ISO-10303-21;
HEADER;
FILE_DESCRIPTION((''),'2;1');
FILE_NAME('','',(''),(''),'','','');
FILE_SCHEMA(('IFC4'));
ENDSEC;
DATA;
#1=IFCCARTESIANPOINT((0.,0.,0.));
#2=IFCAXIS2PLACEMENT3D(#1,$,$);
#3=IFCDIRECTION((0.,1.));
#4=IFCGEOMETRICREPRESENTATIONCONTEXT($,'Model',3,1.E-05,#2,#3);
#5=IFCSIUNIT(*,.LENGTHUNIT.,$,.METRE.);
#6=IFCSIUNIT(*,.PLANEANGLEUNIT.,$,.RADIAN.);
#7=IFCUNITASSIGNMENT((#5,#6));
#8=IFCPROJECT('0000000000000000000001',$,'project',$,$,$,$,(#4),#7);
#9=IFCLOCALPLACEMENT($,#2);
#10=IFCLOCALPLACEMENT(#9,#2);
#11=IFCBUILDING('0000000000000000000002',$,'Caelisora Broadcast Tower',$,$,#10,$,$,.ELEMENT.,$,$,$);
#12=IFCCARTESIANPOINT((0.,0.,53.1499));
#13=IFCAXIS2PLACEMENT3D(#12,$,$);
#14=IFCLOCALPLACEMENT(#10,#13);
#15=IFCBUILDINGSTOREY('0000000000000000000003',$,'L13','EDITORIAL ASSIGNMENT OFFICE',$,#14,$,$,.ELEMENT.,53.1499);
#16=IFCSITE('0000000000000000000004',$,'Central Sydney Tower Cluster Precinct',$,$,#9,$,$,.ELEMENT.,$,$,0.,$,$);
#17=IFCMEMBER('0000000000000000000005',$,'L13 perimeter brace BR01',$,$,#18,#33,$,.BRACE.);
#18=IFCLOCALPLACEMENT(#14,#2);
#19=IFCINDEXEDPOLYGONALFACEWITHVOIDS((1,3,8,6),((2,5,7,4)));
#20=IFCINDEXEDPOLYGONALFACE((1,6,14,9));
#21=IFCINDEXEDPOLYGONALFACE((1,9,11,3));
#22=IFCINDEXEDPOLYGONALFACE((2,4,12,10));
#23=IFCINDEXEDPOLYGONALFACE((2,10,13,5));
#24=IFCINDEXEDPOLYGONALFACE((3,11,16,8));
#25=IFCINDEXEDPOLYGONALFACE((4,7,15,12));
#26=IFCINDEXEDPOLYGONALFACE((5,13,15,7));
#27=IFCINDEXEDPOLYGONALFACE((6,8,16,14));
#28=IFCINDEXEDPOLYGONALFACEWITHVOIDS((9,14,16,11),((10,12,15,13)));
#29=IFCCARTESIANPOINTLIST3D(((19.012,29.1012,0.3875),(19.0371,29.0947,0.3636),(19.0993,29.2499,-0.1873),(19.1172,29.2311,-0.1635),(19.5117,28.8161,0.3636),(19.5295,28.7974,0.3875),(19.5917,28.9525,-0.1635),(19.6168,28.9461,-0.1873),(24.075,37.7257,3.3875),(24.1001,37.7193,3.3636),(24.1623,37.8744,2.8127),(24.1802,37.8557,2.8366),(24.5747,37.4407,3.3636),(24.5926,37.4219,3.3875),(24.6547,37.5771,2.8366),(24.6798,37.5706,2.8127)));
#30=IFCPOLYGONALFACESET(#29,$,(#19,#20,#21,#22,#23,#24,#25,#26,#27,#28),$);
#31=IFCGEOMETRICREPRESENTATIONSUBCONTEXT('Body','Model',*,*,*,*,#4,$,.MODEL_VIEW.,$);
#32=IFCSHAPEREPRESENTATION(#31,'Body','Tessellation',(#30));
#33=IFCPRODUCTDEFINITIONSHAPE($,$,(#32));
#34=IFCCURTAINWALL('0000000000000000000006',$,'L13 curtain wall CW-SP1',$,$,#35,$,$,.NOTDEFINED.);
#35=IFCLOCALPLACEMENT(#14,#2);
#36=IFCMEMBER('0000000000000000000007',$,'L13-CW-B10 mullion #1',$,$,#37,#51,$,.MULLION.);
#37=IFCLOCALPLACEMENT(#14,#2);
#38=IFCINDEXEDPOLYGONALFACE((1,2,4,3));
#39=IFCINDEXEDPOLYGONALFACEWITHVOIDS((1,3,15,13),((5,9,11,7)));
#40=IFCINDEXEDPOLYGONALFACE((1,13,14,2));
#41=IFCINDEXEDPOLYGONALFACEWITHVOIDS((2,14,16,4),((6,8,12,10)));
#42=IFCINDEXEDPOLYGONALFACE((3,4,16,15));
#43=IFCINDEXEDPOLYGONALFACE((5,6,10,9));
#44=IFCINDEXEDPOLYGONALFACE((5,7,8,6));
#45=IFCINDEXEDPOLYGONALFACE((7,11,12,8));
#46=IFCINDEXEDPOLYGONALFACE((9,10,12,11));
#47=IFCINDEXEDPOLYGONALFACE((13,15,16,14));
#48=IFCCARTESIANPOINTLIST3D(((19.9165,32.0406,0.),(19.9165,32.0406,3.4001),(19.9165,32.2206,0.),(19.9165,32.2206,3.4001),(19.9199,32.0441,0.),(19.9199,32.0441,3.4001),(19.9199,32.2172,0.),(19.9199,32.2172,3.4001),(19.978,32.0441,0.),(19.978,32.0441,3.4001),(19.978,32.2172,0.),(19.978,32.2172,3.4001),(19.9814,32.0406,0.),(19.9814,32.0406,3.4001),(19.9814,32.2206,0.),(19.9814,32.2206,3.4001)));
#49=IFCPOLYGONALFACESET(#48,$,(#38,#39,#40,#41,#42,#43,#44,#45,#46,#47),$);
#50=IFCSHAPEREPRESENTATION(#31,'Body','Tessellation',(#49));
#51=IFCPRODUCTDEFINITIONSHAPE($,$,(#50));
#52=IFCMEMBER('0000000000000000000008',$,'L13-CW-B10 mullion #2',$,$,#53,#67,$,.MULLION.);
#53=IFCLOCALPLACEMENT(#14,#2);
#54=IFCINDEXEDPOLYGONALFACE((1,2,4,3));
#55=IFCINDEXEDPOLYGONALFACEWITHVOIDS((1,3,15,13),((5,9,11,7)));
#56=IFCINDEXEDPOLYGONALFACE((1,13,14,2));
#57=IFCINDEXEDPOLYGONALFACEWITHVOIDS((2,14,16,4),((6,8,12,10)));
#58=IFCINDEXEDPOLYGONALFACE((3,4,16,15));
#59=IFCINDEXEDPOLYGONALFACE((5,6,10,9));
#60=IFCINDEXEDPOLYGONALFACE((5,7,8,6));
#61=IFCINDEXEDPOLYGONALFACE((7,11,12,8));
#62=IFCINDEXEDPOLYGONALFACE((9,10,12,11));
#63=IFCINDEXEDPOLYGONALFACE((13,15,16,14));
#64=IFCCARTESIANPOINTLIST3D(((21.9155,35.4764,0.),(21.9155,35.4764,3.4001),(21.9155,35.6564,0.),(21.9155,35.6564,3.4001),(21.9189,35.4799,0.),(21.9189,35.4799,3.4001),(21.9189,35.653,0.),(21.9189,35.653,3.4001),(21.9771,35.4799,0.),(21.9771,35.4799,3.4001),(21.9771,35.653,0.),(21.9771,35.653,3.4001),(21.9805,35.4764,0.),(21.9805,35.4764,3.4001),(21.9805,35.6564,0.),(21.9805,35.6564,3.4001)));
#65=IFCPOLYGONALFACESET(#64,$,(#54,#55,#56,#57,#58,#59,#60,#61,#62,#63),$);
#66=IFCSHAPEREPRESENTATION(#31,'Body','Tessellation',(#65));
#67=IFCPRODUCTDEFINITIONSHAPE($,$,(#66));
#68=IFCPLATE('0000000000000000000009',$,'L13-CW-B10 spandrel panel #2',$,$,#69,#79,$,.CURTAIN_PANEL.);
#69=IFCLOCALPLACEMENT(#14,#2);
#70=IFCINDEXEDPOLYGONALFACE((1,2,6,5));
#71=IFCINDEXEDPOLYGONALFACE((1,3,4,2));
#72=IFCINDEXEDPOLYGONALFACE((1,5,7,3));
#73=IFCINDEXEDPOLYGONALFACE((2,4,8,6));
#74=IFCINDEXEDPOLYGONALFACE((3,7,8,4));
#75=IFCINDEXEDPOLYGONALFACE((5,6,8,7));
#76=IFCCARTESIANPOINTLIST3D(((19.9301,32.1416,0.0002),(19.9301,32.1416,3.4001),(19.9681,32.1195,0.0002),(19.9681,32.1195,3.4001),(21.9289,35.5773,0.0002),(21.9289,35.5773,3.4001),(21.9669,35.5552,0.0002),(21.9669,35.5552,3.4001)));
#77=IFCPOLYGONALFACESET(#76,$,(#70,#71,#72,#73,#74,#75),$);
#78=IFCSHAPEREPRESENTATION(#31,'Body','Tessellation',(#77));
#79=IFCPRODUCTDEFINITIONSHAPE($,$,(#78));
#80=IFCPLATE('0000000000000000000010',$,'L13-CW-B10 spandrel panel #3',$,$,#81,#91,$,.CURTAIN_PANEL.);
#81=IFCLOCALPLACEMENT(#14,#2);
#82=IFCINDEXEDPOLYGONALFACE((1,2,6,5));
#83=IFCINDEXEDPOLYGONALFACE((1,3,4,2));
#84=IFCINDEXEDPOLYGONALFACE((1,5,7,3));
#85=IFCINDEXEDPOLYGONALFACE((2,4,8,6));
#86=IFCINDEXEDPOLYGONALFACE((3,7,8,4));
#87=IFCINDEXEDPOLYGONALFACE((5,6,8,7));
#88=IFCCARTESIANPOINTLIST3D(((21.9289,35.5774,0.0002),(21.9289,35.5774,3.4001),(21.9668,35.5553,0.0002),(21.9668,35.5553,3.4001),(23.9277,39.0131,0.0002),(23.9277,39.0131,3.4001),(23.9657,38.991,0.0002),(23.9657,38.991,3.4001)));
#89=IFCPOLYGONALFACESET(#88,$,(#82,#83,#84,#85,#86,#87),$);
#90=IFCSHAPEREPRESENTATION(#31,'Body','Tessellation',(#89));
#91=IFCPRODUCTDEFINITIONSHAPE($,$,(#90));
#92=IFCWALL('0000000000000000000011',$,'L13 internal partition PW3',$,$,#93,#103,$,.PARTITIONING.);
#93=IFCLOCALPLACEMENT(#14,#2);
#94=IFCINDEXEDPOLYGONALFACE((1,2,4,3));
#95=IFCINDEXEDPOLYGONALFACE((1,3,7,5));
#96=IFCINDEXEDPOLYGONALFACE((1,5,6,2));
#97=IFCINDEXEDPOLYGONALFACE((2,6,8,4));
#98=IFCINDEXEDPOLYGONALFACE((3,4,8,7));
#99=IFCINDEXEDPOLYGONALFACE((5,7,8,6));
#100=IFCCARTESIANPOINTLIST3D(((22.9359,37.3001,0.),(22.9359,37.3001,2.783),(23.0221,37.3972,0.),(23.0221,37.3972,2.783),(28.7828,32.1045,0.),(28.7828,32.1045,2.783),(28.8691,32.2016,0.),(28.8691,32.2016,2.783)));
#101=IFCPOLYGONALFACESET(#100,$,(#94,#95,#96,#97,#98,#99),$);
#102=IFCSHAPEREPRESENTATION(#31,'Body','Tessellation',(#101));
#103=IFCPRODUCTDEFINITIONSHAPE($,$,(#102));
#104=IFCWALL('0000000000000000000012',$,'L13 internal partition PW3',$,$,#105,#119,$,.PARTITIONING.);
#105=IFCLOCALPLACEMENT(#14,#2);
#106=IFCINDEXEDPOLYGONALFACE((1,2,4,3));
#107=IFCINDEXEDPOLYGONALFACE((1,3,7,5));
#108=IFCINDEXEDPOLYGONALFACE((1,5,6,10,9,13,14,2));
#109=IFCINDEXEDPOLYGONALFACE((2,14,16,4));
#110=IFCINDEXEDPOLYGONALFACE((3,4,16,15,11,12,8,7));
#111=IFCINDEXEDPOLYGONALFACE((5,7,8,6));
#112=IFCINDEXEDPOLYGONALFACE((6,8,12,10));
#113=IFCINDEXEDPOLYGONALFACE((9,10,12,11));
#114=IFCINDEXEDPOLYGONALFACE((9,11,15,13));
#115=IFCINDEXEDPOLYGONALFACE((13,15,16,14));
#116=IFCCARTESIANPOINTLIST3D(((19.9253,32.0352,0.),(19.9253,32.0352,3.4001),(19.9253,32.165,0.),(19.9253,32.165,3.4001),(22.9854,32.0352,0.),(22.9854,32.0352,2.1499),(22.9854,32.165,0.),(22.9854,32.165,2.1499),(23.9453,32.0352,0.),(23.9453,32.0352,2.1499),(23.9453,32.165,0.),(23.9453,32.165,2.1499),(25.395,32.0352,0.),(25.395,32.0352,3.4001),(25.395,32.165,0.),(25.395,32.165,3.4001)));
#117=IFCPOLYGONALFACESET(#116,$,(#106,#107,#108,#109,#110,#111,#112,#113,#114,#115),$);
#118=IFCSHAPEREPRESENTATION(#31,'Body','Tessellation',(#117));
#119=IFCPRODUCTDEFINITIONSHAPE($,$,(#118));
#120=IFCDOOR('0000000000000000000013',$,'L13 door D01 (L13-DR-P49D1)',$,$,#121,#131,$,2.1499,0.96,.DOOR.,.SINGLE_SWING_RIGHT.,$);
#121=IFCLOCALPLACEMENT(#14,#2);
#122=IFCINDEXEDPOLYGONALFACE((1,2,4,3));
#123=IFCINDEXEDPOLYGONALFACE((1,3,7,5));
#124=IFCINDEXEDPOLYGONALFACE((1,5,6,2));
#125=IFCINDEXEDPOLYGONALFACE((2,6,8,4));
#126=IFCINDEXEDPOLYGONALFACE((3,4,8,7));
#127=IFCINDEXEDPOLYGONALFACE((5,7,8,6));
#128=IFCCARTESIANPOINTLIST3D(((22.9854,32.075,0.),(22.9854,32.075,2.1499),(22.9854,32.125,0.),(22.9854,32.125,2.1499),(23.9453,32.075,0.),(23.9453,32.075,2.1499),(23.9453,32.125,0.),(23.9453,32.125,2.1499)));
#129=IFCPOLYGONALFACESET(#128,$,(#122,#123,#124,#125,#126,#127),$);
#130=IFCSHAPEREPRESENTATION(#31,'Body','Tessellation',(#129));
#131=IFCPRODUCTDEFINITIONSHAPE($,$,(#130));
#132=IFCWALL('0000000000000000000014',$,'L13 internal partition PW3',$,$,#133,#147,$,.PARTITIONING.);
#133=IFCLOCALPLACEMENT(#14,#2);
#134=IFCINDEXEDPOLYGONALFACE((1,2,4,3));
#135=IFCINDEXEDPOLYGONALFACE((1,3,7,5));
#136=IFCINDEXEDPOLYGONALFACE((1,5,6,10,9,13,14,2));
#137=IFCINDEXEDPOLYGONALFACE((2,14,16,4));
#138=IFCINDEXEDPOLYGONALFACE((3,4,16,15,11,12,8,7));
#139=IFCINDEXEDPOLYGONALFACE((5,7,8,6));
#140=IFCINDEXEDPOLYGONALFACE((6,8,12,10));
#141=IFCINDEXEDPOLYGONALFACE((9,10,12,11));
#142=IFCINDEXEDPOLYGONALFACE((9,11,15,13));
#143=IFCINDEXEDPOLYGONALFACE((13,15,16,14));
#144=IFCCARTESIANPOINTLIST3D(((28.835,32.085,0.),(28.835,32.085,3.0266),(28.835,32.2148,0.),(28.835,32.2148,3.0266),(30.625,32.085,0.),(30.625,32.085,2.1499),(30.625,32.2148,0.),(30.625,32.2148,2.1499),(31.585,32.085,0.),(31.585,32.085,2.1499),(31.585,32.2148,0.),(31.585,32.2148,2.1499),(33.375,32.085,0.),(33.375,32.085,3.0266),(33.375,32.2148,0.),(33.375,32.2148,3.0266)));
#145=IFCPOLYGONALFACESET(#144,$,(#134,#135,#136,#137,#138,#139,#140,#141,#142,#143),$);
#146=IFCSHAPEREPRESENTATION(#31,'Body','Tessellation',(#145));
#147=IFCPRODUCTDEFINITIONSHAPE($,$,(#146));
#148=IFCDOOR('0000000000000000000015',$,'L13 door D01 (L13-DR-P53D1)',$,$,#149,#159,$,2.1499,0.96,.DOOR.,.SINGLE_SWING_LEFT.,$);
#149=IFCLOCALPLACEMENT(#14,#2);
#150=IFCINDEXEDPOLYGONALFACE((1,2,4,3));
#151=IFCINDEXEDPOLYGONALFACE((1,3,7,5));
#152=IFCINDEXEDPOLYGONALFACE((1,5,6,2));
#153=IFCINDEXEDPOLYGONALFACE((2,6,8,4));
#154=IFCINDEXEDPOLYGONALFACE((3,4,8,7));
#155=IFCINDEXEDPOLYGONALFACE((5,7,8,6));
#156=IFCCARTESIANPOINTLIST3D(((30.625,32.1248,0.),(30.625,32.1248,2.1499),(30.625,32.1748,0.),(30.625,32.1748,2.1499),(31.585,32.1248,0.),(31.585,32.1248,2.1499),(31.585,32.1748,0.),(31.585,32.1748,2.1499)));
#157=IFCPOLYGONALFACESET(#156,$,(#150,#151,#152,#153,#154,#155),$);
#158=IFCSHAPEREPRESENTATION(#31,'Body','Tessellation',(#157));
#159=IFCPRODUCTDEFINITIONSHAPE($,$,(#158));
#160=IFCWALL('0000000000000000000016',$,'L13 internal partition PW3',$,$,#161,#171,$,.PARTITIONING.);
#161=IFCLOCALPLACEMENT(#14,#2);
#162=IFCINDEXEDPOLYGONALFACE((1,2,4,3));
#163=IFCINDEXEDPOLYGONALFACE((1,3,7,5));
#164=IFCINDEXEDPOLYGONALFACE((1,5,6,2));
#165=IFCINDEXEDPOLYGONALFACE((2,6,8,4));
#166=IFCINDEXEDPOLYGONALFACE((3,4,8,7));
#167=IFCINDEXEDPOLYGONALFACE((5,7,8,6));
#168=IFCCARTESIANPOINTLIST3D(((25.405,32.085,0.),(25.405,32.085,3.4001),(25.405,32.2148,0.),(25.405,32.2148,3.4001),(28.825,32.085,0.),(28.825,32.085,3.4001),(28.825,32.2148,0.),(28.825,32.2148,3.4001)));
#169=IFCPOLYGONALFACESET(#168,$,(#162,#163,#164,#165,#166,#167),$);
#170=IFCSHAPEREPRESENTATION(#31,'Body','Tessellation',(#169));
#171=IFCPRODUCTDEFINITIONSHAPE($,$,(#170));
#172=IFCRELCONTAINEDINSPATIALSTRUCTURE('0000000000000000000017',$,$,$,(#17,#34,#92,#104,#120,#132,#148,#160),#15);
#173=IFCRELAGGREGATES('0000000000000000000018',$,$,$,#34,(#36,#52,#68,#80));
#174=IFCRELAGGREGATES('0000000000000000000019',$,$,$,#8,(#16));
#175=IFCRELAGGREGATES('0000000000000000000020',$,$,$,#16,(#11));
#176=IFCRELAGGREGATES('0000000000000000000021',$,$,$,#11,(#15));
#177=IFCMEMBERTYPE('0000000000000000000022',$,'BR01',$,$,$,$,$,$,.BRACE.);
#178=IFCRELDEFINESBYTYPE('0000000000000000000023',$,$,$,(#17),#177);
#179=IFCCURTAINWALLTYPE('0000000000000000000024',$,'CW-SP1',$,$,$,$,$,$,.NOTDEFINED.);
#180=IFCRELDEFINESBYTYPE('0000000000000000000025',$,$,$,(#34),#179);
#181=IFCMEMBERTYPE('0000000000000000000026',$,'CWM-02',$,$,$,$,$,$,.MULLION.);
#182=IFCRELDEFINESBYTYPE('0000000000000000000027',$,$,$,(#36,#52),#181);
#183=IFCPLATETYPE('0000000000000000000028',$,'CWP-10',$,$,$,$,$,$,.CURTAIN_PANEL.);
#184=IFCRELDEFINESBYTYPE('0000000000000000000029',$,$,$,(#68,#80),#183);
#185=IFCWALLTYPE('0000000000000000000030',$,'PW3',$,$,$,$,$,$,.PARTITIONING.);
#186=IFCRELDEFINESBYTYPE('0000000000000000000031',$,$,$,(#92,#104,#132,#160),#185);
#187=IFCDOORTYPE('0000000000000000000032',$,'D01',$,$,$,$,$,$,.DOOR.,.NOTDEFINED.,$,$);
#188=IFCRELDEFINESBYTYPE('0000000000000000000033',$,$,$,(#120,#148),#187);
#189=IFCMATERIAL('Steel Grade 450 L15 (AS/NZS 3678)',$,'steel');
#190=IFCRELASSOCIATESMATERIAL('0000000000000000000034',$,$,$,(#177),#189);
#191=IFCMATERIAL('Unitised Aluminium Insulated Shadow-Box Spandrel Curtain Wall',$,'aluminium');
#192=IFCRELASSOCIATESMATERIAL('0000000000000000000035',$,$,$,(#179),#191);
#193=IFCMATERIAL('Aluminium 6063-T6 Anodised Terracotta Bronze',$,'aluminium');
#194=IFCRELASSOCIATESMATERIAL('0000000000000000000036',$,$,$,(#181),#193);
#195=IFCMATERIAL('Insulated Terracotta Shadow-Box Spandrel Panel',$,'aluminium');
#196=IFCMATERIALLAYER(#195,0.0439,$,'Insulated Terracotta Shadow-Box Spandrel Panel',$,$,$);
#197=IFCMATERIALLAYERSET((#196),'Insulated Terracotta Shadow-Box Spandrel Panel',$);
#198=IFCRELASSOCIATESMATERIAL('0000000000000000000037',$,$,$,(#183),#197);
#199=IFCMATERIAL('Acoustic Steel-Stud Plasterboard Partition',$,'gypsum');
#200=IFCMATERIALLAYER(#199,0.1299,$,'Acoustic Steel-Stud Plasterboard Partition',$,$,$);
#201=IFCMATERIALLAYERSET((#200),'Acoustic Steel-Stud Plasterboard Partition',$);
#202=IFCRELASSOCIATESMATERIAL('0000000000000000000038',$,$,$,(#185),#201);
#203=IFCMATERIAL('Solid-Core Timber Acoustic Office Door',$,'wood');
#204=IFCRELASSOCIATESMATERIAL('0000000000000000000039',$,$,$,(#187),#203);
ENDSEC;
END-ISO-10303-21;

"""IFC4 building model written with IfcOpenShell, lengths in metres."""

from ifc_helpers import new_model, si_unit, direction, frame, frame_2d, origin, origin_2d, place, context, subcontext, project, spatial, rectangle, hollow_rectangle, extrude, source, transform, mapped, material, layer, layer_set, material_profile, profile_set, type_object, type_shapes, element, fill, aggregate, save


model = new_model("IFC4")

# Units and contexts
model_context = context("Model", 3, precision=1e-05, world=origin(), true_north=direction((0.0, 1.0)))
body_context = subcontext(model_context, "Body", "Model", "MODEL_VIEW")
ifc_project = project(units=[si_unit("LENGTHUNIT", "METRE"), si_unit("PLANEANGLEUNIT", "RADIAN")], contexts=[model_context])

# Site, building, storey
site_placement = place(None, origin())
site = spatial("IfcSite", under=ifc_project, at=site_placement, Name="Central Sydney Tower Cluster Precinct", CompositionType="ELEMENT", RefElevation=0.0)
building_placement = place(site_placement, origin())
building = spatial("IfcBuilding", under=site, at=building_placement, Name="Caelisora Broadcast Tower", CompositionType="ELEMENT")
storey_placement = place(building_placement, frame((0.0, 0.0, 53.1499)))
storey = spatial("IfcBuildingStorey", under=building, at=storey_placement, Name="L13", Description="EDITORIAL ASSIGNMENT OFFICE", CompositionType="ELEMENT", Elevation=53.1499)

# Member
ifc_material_1 = material(Name="Steel Grade 450 L15 (AS/NZS 3678)", Category="steel")
ifc_material_profile_1 = material_profile(ifc_material_1, hollow_rectangle(XDim=0.6001, YDim=0.6001, WallThickness=0.0249, at=origin_2d()), Name="Steel Grade 450 L15 (AS/NZS 3678)")
ifc_profile_set_1 = profile_set([ifc_material_profile_1], Name="Steel Grade 450 L15 (AS/NZS 3678)")
member_type_1 = type_object("IfcMemberType", Name="BR01", PredefinedType="BRACE", material=ifc_profile_set_1)
shared_shape_1 = source(origin(), body_context, "Body", "SweptSolid", [
    extrude(hollow_rectangle(XDim=0.6001, YDim=0.6001, WallThickness=0.0249, at=origin_2d()), origin(), (0.0, 0.0, 1.0), 10.4412),
])
type_shapes(member_type_1, [shared_shape_1])
member_1_placement = place(storey_placement, frame((24.3774, 37.6482, 3.1001), z_axis=(-0.484911, -0.826018, -0.287327), x_axis=(0.862382, -0.506258, 0.0)))
element("IfcMember", 1, at=member_1_placement, inside=storey, type_object=member_type_1, Name="L13 perimeter brace BR01", PredefinedType="BRACE", context=body_context, shape_type="MappedRepresentation", body=[
    mapped(shared_shape_1, transform((0.0, 0.0, 0.0), scale=1.0)),
])

# Curtain wall, members, plates
ifc_material_2 = material(Name="Unitised Aluminium Insulated Shadow-Box Spandrel Curtain Wall", Category="aluminium")
curtain_wall_type = type_object("IfcCurtainWallType", Name="CW-SP1", PredefinedType="NOTDEFINED", material=ifc_material_2)
curtain_wall_placement = place(storey_placement, origin())
curtain_wall = element("IfcCurtainWall", 2, at=curtain_wall_placement, inside=storey, type_object=curtain_wall_type, Name="L13 curtain wall CW-SP1", PredefinedType="NOTDEFINED")
ifc_material_3 = material(Name="Aluminium 6063-T6 Anodised Terracotta Bronze", Category="aluminium")
ifc_material_profile_2 = material_profile(ifc_material_3, hollow_rectangle(XDim=0.0649, YDim=0.1799, WallThickness=0.0034, at=origin_2d()), Name="Aluminium 6063-T6 Anodised Terracotta Bronze")
ifc_profile_set_2 = profile_set([ifc_material_profile_2], Name="Aluminium 6063-T6 Anodised Terracotta Bronze")
member_type_2 = type_object("IfcMemberType", Name="CWM-02", PredefinedType="MULLION", material=ifc_profile_set_2)
shared_shape_2 = source(origin(), body_context, "Body", "SweptSolid", [
    extrude(hollow_rectangle(XDim=0.0649, YDim=0.1799, WallThickness=0.0034, at=origin_2d()), origin(), (0.0, 0.0, 1.0), 3.4001),
])
type_shapes(member_type_2, [shared_shape_2])
member_2_placement = place(storey_placement, frame((19.949, 32.1306, 0.0), z_axis=(0.0, 0.0, 1.0), x_axis=(1.0, 0.0, 0.0)))
member_2 = element("IfcMember", 3, at=member_2_placement, type_object=member_type_2, Name="L13-CW-B10 mullion #1", PredefinedType="MULLION", context=body_context, shape_type="MappedRepresentation", body=[
    mapped(shared_shape_2, transform((0.0, 0.0, 0.0), scale=1.0)),
])
member_3_placement = place(storey_placement, frame((21.948, 35.5664, 0.0), z_axis=(0.0, 0.0, 1.0), x_axis=(1.0, 0.0, 0.0)))
member_3 = element("IfcMember", 4, at=member_3_placement, type_object=member_type_2, Name="L13-CW-B10 mullion #2", PredefinedType="MULLION", context=body_context, shape_type="MappedRepresentation", body=[
    mapped(shared_shape_2, transform((0.0, 0.0, 0.0), scale=1.0)),
])
ifc_material_4 = material(Name="Insulated Terracotta Shadow-Box Spandrel Panel", Category="aluminium")
ifc_layer_1 = layer(ifc_material_4, 0.0439, Name="Insulated Terracotta Shadow-Box Spandrel Panel")
ifc_layer_set_1 = layer_set([ifc_layer_1], Name="Insulated Terracotta Shadow-Box Spandrel Panel")
plate_type = type_object("IfcPlateType", Name="CWP-10", PredefinedType="CURTAIN_PANEL", material=ifc_layer_set_1)
shared_shape_3 = source(origin(), body_context, "Body", "SweptSolid", [
    extrude(rectangle(XDim=3.9749, YDim=0.0439, at=origin_2d()), origin(), (0.0, 0.0, 1.0), 3.3999),
])
type_shapes(plate_type, [shared_shape_3])
plate_1_placement = place(storey_placement, frame((20.9485, 33.8484, 0.0002), z_axis=(0.0, 0.0, 1.0), x_axis=(0.502869, 0.864363, 0.0)))
plate_1 = element("IfcPlate", 5, at=plate_1_placement, type_object=plate_type, Name="L13-CW-B10 spandrel panel #2", PredefinedType="CURTAIN_PANEL", context=body_context, shape_type="MappedRepresentation", body=[
    mapped(shared_shape_3, transform((0.0, 0.0, 0.0), scale=1.0)),
])
plate_2_placement = place(storey_placement, frame((22.9473, 37.2842, 0.0002), z_axis=(0.0, 0.0, 1.0), x_axis=(0.502869, 0.864363, 0.0)))
plate_2 = element("IfcPlate", 6, at=plate_2_placement, type_object=plate_type, Name="L13-CW-B10 spandrel panel #3", PredefinedType="CURTAIN_PANEL", context=body_context, shape_type="MappedRepresentation", body=[
    mapped(shared_shape_3, transform((0.0, 0.0, 0.0), scale=1.0)),
])
aggregate(curtain_wall, [member_2, member_3, plate_1, plate_2])

# Wall
ifc_material_5 = material(Name="Acoustic Steel-Stud Plasterboard Partition", Category="gypsum")
ifc_layer_2 = layer(ifc_material_5, 0.1299, Name="Acoustic Steel-Stud Plasterboard Partition")
ifc_layer_set_2 = layer_set([ifc_layer_2], Name="Acoustic Steel-Stud Plasterboard Partition")
wall_type = type_object("IfcWallType", Name="PW3", PredefinedType="PARTITIONING", material=ifc_layer_set_2)
wall_1_placement = place(storey_placement, frame((22.979, 37.3486, 0.0), z_axis=(0.0, 0.0, 1.0), x_axis=(0.747518, -0.664242, 0.0)))
element("IfcWall", 7, at=wall_1_placement, inside=storey, type_object=wall_type, Name="L13 internal partition PW3", PredefinedType="PARTITIONING", context=body_context, shape_type="SweptSolid", body=[
    extrude(rectangle(XDim=7.8218, YDim=0.1299, at=frame_2d((3.9109, 0.0))), origin(), (0.0, 0.0, 1.0), 2.783),
])

# Walls, openings, doors
wall_2_placement = place(storey_placement, frame((19.9253, 32.1001, 0.0), z_axis=(0.0, 0.0, 1.0), x_axis=(1.0, 0.0, 0.0)))
wall_2 = element("IfcWall", 8, at=wall_2_placement, inside=storey, type_object=wall_type, Name="L13 internal partition PW3", PredefinedType="PARTITIONING", context=body_context, shape_type="SweptSolid", body=[
    extrude(rectangle(XDim=5.4697, YDim=0.1299, at=frame_2d((2.7349, 0.0))), origin(), (0.0, 0.0, 1.0), 3.4001),
])
opening_1_placement = place(wall_2_placement, frame((3.0601, 0.0, 0.0)))
opening_1 = element("IfcOpeningElement", 9, at=opening_1_placement, cuts=wall_2, PredefinedType="OPENING", context=body_context, shape_type="SweptSolid", body=[
    extrude(rectangle(XDim=0.96, YDim=2.1499, at=frame_2d((0.48, 1.075))), frame((0.0, 0.0769, 0.0), z_axis=(0.0, -1.0, 0.0), x_axis=(1.0, 0.0, 0.0)), (0.0, 0.0, 1.0), 0.1538),
])
ifc_material_6 = material(Name="Solid-Core Timber Acoustic Office Door", Category="wood")
door_type = type_object("IfcDoorType", Name="D01", OperationType="NOTDEFINED", PredefinedType="DOOR", material=ifc_material_6)
door_1_placement = place(opening_1_placement, origin())
door_1 = element("IfcDoor", 10, at=door_1_placement, inside=storey, type_object=door_type, Name="L13 door D01 (L13-DR-P49D1)", OperationType="SINGLE_SWING_RIGHT", OverallHeight=2.1499, OverallWidth=0.96, PredefinedType="DOOR", context=body_context, shape_type="SweptSolid", body=[
    extrude(rectangle(XDim=0.96, YDim=2.1499, at=frame_2d((0.48, 1.075))), frame((0.0, 0.0249, 0.0), z_axis=(0.0, -1.0, 0.0), x_axis=(1.0, 0.0, 0.0)), (0.0, 0.0, 1.0), 0.05),
])
fill(opening_1, door_1)
wall_3_placement = place(storey_placement, frame((28.835, 32.1499, 0.0), z_axis=(0.0, 0.0, 1.0), x_axis=(1.0, 0.0, 0.0)))
wall_3 = element("IfcWall", 11, at=wall_3_placement, inside=storey, type_object=wall_type, Name="L13 internal partition PW3", PredefinedType="PARTITIONING", context=body_context, shape_type="SweptSolid", body=[
    extrude(rectangle(XDim=4.54, YDim=0.1299, at=frame_2d((2.27, 0.0))), origin(), (0.0, 0.0, 1.0), 3.0266),
])
opening_2_placement = place(wall_3_placement, frame((1.79, 0.0, 0.0)))
opening_2 = element("IfcOpeningElement", 12, at=opening_2_placement, cuts=wall_3, PredefinedType="OPENING", context=body_context, shape_type="SweptSolid", body=[
    extrude(rectangle(XDim=0.96, YDim=2.1499, at=frame_2d((0.48, 1.075))), frame((0.0, 0.0769, 0.0), z_axis=(0.0, -1.0, 0.0), x_axis=(1.0, 0.0, 0.0)), (0.0, 0.0, 1.0), 0.1538),
])
door_2_placement = place(opening_2_placement, origin())
door_2 = element("IfcDoor", 13, at=door_2_placement, inside=storey, type_object=door_type, Name="L13 door D01 (L13-DR-P53D1)", OperationType="SINGLE_SWING_LEFT", OverallHeight=2.1499, OverallWidth=0.96, PredefinedType="DOOR", context=body_context, shape_type="SweptSolid", body=[
    extrude(rectangle(XDim=0.96, YDim=2.1499, at=frame_2d((0.48, 1.075))), frame((0.0, 0.0249, 0.0), z_axis=(0.0, -1.0, 0.0), x_axis=(1.0, 0.0, 0.0)), (0.0, 0.0, 1.0), 0.05),
])
fill(opening_2, door_2)

# Wall
wall_4_placement = place(storey_placement, frame((25.405, 32.1499, 0.0), z_axis=(0.0, 0.0, 1.0), x_axis=(1.0, 0.0, 0.0)))
element("IfcWall", 14, at=wall_4_placement, inside=storey, type_object=wall_type, Name="L13 internal partition PW3", PredefinedType="PARTITIONING", context=body_context, shape_type="SweptSolid", body=[
    extrude(rectangle(XDim=3.4199, YDim=0.1299, at=frame_2d((1.71, 0.0))), origin(), (0.0, 0.0, 1.0), 3.4001),
])

save(model, "model.ifc")
